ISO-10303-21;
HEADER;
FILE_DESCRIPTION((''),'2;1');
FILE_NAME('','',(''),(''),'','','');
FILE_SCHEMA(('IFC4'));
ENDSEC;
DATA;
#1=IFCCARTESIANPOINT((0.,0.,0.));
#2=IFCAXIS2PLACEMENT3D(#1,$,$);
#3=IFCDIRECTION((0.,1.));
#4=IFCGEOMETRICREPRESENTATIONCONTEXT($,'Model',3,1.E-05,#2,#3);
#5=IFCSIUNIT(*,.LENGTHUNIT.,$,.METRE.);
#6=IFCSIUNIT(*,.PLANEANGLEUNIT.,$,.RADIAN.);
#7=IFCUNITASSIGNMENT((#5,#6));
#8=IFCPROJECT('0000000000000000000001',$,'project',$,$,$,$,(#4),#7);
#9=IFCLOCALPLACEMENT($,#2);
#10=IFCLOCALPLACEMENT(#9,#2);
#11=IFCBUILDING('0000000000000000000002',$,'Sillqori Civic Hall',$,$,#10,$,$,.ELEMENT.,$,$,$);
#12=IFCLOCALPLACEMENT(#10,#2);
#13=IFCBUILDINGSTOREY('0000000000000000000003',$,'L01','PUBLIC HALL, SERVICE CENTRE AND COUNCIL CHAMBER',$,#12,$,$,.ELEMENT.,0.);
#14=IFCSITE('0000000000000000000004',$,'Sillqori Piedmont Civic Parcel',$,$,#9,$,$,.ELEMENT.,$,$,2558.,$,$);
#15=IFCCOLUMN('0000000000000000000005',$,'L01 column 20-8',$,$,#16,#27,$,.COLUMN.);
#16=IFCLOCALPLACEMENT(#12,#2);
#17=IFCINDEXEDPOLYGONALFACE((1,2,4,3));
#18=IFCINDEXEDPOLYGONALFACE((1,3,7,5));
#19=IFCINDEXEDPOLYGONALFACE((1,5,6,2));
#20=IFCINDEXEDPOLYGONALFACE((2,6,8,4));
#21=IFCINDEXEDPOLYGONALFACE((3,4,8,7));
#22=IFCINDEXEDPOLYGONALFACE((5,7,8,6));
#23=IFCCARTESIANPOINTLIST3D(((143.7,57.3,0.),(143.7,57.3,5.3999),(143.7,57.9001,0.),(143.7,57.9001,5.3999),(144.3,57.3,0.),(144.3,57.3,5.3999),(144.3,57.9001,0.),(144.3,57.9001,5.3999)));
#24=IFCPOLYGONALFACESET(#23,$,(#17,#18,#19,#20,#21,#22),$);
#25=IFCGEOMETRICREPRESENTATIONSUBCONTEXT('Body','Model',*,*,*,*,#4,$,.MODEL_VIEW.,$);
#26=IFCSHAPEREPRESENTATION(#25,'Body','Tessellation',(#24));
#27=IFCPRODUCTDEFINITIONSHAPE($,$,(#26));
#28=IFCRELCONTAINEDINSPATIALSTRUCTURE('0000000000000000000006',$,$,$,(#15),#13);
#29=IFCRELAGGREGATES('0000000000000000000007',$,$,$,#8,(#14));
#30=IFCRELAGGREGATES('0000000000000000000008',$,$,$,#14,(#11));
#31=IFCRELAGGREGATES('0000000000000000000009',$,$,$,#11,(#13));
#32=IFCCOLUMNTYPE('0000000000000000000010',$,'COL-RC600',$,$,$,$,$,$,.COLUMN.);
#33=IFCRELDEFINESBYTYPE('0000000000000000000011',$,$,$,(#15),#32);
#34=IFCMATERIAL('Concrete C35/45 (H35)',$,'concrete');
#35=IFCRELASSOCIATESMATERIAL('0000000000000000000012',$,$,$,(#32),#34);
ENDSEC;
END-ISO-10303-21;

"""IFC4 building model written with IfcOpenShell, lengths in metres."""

from ifc_helpers import new_model, si_unit, direction, frame, origin, origin_2d, place, context, subcontext, project, spatial, rectangle, extrude, material, material_profile, profile_set, type_object, element, save


model = new_model("IFC4")

# Units and contexts
model_context = context("Model", 3, precision=1e-05, world=origin(), true_north=direction((0.0, 1.0)))
body_context = subcontext(model_context, "Body", "Model", "MODEL_VIEW")
ifc_project = project(units=[si_unit("LENGTHUNIT", "METRE"), si_unit("PLANEANGLEUNIT", "RADIAN")], contexts=[model_context])

# Site, building, storey
site_placement = place(None, origin())
site = spatial("IfcSite", under=ifc_project, at=site_placement, Name="Sillqori Piedmont Civic Parcel", CompositionType="ELEMENT", RefElevation=2558.0)
building_placement = place(site_placement, origin())
building = spatial("IfcBuilding", under=site, at=building_placement, Name="Sillqori Civic Hall", CompositionType="ELEMENT")
storey_placement = place(building_placement, origin())
storey = spatial("IfcBuildingStorey", under=building, at=storey_placement, Name="L01", Description="PUBLIC HALL, SERVICE CENTRE AND COUNCIL CHAMBER", CompositionType="ELEMENT", Elevation=0.0)

# Column
ifc_material_1 = material(Name="Concrete C35/45 (H35)", Category="concrete")
ifc_material_profile_1 = material_profile(ifc_material_1, rectangle(XDim=0.6001, YDim=0.6001, at=origin_2d()), Name="RC 600x600")
ifc_profile_set_1 = profile_set([ifc_material_profile_1], Name="Concrete C35/45 (H35)")
column_type = type_object("IfcColumnType", Name="COL-RC600", PredefinedType="COLUMN", material=ifc_profile_set_1)
column_placement = place(storey_placement, frame((144.0, 57.6001, 0.0), z_axis=(0.0, 0.0, 1.0), x_axis=(1.0, 0.0, 0.0)))
element("IfcColumn", 1, at=column_placement, inside=storey, type_object=column_type, Name="L01 column 20-8", PredefinedType="COLUMN", context=body_context, shape_type="SweptSolid", body=[
    extrude(rectangle(XDim=0.6001, YDim=0.6001, at=origin_2d()), origin(), (0.0, 0.0, 1.0), 5.3999),
])

save(model, "model.ifc")
